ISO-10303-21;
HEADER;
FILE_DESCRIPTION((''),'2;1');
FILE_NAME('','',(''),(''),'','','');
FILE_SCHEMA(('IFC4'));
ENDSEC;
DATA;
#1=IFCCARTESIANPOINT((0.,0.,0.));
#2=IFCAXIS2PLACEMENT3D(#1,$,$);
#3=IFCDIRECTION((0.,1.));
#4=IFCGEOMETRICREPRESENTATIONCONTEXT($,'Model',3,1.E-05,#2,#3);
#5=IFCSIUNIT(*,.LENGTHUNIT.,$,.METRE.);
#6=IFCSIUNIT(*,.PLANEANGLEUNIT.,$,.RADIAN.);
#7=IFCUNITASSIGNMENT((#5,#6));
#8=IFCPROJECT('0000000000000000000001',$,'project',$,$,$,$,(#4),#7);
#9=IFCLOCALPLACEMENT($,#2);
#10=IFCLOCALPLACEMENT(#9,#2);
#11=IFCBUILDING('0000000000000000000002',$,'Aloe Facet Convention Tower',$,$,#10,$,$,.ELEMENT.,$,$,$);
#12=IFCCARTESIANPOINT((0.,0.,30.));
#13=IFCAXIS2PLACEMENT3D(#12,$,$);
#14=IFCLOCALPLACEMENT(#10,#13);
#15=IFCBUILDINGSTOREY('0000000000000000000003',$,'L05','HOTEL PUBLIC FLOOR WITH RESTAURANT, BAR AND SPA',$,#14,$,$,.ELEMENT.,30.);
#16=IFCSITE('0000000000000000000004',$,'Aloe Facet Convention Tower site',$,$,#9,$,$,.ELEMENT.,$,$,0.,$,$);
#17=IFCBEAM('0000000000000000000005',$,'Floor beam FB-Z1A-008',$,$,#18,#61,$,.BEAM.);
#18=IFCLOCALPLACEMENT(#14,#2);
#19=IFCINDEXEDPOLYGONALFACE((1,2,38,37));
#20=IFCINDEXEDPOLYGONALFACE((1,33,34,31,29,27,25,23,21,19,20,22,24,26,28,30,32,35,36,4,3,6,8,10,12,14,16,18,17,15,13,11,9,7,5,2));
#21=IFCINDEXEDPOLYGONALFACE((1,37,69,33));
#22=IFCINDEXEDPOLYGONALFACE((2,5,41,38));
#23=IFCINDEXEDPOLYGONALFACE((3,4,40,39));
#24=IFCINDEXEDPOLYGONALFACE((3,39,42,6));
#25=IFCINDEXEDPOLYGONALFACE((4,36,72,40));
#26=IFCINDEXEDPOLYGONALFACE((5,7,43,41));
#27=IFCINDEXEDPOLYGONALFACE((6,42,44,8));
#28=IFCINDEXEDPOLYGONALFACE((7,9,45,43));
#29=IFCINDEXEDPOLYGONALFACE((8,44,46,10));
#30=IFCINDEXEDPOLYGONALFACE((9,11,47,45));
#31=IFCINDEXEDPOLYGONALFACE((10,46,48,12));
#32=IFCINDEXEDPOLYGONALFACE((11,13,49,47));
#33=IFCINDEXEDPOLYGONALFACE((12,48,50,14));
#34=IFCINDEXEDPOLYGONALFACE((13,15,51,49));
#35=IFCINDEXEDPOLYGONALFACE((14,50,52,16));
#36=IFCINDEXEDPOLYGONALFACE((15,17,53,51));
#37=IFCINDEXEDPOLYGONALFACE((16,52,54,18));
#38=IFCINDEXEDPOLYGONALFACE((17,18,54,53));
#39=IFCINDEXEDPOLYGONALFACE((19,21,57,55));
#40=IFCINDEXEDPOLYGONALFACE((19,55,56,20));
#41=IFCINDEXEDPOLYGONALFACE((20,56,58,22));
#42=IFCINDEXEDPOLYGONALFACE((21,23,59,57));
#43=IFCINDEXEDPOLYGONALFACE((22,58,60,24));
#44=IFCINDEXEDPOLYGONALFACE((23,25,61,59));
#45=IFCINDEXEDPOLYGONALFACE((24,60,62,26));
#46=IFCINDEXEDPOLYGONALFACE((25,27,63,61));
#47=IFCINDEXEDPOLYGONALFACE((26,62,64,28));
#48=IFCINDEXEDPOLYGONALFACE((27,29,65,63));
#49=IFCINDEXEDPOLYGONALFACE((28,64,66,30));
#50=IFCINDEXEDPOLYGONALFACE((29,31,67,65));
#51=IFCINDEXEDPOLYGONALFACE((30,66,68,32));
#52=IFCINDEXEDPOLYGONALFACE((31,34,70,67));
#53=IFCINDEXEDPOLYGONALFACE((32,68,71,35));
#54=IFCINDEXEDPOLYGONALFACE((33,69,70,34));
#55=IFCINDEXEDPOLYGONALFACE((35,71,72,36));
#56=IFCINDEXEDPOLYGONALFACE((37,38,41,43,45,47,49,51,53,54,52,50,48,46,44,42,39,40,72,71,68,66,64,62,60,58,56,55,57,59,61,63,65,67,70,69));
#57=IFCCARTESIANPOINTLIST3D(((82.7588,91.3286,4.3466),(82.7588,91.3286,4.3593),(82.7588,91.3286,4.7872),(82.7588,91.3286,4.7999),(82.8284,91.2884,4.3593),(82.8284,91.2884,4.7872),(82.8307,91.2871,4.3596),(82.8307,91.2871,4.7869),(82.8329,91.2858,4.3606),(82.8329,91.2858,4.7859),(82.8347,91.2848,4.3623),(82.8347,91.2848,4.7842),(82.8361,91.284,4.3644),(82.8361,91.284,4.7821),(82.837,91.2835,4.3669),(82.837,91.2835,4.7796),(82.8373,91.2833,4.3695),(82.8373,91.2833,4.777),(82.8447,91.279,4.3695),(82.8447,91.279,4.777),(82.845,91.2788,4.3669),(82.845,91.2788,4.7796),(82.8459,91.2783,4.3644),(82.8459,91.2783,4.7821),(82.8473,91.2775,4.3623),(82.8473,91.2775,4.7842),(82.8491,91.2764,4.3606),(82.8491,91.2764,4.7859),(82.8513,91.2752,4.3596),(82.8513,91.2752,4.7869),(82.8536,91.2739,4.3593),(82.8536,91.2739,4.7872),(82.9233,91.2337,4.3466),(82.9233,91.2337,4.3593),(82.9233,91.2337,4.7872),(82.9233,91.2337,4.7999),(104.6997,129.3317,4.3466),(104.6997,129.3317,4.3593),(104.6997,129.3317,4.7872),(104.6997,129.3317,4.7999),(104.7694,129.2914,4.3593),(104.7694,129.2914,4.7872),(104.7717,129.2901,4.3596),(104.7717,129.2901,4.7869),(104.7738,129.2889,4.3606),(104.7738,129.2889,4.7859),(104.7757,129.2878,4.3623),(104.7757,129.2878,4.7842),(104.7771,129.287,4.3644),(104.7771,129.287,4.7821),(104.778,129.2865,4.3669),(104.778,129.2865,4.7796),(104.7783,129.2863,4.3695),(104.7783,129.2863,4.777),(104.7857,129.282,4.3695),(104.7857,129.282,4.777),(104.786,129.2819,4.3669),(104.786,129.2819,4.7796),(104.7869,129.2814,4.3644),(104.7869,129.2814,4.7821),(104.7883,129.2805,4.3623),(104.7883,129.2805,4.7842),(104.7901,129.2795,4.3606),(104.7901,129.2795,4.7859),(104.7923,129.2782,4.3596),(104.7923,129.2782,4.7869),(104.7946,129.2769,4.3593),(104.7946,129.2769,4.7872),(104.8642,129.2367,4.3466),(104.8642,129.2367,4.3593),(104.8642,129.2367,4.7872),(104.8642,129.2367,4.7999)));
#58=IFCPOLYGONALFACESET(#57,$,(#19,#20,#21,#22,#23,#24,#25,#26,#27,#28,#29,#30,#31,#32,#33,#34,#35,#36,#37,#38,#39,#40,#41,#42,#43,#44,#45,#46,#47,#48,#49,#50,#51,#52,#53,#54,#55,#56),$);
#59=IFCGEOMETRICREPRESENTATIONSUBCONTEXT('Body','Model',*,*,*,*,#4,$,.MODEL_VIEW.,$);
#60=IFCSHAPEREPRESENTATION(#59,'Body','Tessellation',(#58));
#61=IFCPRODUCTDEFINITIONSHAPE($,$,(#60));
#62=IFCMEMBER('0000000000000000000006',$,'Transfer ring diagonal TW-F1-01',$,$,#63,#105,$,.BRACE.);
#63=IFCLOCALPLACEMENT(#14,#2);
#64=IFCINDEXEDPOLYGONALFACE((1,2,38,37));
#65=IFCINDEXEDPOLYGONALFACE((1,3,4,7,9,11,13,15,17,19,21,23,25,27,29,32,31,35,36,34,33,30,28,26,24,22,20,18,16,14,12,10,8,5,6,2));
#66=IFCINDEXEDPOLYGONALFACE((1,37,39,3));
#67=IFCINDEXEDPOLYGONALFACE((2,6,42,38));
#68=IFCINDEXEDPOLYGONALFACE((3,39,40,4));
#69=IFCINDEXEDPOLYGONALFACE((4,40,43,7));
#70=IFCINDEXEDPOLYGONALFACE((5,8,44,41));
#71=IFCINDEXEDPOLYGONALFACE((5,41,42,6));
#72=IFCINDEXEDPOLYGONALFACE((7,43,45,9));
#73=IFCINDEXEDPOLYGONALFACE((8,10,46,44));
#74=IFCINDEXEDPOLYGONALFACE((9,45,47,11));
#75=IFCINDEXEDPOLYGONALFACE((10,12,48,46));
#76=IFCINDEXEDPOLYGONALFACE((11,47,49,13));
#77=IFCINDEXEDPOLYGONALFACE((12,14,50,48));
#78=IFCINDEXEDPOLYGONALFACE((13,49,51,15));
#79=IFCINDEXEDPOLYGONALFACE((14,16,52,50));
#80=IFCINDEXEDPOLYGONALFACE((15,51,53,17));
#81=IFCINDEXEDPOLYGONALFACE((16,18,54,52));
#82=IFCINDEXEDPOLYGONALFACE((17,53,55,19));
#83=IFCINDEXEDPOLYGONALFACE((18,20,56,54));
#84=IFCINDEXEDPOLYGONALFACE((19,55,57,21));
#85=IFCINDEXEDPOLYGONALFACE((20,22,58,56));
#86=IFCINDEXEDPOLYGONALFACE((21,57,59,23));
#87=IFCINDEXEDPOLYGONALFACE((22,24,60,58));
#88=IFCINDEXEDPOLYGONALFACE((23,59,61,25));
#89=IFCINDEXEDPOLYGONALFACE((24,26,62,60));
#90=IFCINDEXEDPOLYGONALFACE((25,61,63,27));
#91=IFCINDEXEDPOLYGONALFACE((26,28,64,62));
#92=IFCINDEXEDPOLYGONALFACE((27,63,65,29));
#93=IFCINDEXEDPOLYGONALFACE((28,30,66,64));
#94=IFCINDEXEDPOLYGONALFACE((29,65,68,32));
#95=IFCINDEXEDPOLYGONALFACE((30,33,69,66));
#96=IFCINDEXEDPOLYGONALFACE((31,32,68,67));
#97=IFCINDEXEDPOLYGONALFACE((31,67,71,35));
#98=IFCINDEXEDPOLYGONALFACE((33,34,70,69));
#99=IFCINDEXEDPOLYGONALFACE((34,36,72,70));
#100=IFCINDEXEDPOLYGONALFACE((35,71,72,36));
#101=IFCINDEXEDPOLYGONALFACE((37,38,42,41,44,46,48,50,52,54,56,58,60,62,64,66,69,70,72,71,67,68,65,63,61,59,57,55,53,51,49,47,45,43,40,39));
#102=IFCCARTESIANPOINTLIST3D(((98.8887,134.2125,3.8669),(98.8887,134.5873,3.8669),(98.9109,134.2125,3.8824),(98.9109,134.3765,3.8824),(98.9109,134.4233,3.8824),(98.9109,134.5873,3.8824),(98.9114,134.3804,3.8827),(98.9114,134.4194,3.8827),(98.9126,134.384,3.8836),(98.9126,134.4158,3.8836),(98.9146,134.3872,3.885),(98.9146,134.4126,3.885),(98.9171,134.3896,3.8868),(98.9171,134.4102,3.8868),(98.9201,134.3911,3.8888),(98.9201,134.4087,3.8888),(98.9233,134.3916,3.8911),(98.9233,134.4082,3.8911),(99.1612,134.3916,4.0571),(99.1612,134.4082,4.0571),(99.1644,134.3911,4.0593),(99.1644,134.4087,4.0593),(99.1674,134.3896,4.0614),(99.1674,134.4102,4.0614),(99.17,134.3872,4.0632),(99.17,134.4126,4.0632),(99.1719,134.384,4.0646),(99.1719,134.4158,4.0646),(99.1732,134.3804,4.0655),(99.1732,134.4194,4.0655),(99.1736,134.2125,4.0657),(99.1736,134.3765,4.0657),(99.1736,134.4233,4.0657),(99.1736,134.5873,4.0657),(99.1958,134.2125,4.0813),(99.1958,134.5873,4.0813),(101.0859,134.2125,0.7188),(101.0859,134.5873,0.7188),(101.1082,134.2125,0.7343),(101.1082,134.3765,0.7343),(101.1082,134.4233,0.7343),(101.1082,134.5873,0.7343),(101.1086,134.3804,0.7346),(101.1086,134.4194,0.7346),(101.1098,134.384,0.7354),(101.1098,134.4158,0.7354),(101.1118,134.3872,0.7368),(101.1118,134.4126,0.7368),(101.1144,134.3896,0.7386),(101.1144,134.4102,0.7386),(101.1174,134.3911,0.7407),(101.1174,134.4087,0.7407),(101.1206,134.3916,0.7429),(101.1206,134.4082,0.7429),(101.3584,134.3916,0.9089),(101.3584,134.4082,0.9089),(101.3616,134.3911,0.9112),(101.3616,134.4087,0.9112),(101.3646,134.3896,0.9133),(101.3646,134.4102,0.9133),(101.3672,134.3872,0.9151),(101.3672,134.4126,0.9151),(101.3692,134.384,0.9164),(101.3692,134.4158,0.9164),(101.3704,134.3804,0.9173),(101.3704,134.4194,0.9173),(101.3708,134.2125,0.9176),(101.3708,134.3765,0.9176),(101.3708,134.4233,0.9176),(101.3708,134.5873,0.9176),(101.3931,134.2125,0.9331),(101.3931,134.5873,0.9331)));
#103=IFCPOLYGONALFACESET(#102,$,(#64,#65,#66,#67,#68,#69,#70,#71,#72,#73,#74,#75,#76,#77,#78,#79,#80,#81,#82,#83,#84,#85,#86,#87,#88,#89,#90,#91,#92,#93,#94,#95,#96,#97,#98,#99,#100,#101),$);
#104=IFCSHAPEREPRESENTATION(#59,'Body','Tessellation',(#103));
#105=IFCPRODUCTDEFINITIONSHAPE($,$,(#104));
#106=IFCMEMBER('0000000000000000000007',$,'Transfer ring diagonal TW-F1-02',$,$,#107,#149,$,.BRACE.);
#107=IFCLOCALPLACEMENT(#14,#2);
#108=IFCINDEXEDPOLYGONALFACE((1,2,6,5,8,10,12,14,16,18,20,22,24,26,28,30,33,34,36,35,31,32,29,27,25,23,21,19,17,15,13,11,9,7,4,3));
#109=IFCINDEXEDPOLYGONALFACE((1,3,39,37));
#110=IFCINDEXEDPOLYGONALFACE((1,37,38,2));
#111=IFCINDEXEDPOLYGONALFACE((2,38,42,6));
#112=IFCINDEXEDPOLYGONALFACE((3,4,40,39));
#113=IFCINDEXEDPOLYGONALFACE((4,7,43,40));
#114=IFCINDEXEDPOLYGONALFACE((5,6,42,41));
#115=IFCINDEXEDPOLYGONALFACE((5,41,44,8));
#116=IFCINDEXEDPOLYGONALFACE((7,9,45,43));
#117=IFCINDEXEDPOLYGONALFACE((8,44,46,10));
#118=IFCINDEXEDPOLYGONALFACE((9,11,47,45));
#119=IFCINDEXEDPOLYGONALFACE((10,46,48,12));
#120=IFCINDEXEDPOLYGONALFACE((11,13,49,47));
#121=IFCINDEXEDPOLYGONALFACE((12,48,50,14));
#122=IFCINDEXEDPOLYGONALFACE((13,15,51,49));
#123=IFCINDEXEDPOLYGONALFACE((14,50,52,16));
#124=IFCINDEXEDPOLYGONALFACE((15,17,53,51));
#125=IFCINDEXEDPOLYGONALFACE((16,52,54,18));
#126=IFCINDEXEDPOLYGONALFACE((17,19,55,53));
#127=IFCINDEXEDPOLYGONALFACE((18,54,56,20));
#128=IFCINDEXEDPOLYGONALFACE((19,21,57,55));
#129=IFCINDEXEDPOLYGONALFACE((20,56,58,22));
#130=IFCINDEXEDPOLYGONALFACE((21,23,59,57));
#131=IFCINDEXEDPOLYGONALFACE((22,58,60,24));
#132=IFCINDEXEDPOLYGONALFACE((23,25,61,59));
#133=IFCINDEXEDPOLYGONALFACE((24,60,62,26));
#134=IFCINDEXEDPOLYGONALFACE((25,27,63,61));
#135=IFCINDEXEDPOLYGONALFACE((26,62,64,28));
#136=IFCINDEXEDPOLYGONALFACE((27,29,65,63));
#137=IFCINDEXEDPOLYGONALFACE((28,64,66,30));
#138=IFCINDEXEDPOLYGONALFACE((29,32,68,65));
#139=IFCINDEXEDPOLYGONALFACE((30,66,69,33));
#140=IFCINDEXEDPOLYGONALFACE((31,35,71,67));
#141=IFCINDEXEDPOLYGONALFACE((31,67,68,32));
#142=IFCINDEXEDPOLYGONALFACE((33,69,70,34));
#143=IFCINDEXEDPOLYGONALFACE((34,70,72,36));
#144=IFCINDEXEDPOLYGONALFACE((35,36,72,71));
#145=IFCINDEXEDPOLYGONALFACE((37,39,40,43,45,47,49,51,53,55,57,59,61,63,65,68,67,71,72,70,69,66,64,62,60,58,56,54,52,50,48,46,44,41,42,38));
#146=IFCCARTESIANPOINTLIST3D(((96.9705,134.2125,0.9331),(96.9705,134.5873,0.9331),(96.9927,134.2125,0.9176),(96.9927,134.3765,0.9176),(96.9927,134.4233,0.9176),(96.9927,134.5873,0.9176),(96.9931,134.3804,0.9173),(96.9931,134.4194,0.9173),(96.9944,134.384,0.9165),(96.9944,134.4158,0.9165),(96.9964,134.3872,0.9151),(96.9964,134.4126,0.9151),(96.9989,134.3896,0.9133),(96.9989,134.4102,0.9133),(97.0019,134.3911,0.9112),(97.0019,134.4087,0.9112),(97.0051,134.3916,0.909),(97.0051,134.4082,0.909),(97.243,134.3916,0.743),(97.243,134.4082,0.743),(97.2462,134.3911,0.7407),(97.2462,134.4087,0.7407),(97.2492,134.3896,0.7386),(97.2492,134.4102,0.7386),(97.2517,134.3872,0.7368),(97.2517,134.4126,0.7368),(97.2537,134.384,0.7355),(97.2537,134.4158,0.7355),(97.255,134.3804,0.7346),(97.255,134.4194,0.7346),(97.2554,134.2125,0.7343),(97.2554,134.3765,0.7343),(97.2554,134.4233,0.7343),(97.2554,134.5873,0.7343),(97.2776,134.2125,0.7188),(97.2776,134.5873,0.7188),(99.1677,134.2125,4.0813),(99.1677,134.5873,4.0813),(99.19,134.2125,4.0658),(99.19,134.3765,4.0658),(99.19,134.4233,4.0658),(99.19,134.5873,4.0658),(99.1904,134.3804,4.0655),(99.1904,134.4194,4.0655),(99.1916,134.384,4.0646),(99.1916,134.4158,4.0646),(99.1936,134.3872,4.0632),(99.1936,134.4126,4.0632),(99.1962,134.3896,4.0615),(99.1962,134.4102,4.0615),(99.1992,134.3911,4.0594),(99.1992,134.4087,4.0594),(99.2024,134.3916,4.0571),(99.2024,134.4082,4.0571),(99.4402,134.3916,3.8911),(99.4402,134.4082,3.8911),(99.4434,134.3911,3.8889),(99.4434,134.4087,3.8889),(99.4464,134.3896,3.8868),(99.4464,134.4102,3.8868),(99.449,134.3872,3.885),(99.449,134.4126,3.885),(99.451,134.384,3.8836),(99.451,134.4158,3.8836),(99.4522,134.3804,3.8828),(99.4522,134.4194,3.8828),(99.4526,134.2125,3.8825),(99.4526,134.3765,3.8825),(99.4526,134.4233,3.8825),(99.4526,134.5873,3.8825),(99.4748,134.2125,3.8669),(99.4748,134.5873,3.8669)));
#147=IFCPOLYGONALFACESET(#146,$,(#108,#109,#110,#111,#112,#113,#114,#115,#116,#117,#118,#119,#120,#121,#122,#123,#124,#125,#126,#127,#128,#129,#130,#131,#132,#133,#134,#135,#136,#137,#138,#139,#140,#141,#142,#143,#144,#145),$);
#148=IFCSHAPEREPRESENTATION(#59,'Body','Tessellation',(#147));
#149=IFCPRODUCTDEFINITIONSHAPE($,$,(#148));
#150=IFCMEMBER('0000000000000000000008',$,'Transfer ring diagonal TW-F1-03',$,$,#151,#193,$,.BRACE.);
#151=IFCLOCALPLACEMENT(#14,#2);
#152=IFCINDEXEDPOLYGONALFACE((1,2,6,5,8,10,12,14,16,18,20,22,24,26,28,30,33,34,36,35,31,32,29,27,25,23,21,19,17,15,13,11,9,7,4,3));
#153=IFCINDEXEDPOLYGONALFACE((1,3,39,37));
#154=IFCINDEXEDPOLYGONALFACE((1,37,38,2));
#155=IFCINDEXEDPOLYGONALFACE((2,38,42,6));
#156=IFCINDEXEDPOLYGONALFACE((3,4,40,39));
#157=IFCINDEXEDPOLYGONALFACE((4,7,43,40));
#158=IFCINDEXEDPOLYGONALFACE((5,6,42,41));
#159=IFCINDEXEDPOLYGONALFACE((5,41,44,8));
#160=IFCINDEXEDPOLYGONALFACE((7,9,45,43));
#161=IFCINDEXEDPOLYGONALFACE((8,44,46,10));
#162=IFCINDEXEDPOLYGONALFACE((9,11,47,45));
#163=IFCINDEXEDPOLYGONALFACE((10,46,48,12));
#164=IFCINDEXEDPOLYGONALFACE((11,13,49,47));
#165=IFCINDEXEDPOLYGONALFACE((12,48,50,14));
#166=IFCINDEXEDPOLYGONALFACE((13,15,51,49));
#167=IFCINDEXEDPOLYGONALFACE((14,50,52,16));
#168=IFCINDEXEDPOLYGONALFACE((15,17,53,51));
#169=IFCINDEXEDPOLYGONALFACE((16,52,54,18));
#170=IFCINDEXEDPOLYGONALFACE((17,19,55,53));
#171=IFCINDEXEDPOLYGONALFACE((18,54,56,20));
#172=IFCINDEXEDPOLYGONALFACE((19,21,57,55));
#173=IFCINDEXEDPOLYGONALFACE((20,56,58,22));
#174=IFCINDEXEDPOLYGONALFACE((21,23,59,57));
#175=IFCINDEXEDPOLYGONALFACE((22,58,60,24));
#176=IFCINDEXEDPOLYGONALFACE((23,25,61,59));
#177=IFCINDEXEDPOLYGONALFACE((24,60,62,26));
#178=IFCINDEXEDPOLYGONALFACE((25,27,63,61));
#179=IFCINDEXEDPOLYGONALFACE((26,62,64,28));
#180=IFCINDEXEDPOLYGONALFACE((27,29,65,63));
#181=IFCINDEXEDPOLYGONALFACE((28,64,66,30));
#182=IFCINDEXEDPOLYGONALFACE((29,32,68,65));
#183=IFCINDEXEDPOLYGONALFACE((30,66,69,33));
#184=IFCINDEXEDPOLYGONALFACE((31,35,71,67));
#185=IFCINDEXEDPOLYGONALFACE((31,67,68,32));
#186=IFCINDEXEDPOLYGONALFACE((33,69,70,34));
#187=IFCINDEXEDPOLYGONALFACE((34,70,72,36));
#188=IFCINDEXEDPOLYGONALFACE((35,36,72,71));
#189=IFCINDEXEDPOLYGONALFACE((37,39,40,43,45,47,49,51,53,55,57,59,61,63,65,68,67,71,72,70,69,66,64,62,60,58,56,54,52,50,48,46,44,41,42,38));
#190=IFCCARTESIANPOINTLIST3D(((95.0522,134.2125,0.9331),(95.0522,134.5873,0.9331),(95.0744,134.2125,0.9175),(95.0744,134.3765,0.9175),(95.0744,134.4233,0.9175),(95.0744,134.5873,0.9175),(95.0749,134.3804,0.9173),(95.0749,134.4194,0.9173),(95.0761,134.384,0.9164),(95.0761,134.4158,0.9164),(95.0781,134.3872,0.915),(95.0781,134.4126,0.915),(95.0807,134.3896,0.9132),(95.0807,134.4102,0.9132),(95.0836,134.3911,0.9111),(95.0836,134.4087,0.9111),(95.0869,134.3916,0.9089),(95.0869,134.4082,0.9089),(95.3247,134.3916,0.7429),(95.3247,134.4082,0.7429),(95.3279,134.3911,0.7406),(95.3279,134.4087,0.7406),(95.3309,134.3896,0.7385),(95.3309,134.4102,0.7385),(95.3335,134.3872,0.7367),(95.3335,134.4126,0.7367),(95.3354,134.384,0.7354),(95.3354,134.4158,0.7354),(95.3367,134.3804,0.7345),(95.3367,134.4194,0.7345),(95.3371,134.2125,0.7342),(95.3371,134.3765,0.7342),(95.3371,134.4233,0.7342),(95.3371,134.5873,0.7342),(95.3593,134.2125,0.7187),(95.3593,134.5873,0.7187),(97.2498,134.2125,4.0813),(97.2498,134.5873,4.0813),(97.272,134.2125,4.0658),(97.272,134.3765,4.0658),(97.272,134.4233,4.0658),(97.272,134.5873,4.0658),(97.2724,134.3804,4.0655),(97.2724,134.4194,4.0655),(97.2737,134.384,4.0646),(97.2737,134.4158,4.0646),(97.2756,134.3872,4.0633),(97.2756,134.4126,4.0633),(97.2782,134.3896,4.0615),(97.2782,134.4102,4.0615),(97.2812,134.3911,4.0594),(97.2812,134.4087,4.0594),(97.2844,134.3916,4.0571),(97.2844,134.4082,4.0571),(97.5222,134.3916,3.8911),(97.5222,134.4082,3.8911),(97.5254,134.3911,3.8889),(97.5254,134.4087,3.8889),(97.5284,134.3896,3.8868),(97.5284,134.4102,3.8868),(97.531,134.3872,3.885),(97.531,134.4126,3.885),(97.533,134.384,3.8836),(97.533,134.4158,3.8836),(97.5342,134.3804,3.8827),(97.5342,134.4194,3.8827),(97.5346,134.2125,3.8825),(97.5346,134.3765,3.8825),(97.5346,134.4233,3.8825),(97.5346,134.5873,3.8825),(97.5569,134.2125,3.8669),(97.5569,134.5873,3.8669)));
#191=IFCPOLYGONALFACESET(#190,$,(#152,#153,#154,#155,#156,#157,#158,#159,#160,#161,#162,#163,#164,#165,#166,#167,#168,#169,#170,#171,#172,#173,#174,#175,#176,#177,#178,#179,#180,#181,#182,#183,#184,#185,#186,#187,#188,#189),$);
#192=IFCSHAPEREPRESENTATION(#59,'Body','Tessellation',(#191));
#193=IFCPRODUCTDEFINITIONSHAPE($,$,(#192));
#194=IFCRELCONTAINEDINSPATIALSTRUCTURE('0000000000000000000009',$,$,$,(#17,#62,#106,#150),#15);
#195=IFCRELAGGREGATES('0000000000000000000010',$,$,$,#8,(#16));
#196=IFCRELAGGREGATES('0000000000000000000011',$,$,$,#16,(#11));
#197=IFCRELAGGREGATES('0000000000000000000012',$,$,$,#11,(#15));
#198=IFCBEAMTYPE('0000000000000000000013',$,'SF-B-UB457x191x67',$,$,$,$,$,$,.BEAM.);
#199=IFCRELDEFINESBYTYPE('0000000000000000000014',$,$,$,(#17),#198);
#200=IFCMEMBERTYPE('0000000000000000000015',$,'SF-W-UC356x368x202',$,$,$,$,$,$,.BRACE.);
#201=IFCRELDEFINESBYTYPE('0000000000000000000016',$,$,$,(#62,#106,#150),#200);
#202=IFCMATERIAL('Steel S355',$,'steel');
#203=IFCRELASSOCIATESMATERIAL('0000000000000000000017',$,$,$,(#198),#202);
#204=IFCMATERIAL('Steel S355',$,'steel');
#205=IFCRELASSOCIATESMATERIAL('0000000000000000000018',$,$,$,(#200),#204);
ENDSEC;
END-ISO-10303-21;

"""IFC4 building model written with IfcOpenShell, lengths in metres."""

from ifc_helpers import new_model, si_unit, direction, frame, origin, origin_2d, place, context, subcontext, project, spatial, i_section, extrude, material, material_profile, profile_set, type_object, element, save


model = new_model("IFC4")

# Units and contexts
model_context = context("Model", 3, precision=1e-05, world=origin(), true_north=direction((0.0, 1.0)))
body_context = subcontext(model_context, "Body", "Model", "MODEL_VIEW")
ifc_project = project(units=[si_unit("LENGTHUNIT", "METRE"), si_unit("PLANEANGLEUNIT", "RADIAN")], contexts=[model_context])

# Site, building, storey
site_placement = place(None, origin())
site = spatial("IfcSite", under=ifc_project, at=site_placement, Name="Aloe Facet Convention Tower site", CompositionType="ELEMENT", RefElevation=0.0)
building_placement = place(site_placement, origin())
building = spatial("IfcBuilding", under=site, at=building_placement, Name="Aloe Facet Convention Tower", CompositionType="ELEMENT")
storey_placement = place(building_placement, frame((0.0, 0.0, 30.0)))
storey = spatial("IfcBuildingStorey", under=building, at=storey_placement, Name="L05", Description="HOTEL PUBLIC FLOOR WITH RESTAURANT, BAR AND SPA", CompositionType="ELEMENT", Elevation=30.0)

# Beam
ifc_material_1 = material(Name="Steel S355", Category="steel")
ifc_material_profile_1 = material_profile(ifc_material_1, i_section(OverallWidth=0.1899, OverallDepth=0.4534, WebThickness=0.0085, FlangeThickness=0.0127, FilletRadius=0.0103, at=origin_2d()), Name="UB 457x191x67")
ifc_profile_set_1 = profile_set([ifc_material_profile_1], Name="Steel S355")
beam_type_1 = type_object("IfcBeamType", Name="SF-B-UB457x191x67", PredefinedType="BEAM", material=ifc_profile_set_1)
beam_1_placement = place(storey_placement, frame((104.782, 129.2842, 4.5732), z_axis=(-0.499999, -0.866026, 0.0), x_axis=(0.866026, -0.499999, 0.0)))
element("IfcBeam", 1, at=beam_1_placement, inside=storey, type_object=beam_type_1, Name="Floor beam FB-Z1A-008", PredefinedType="BEAM", context=body_context, shape_type="SweptSolid", body=[
    extrude(i_section(OverallWidth=0.1899, OverallDepth=0.4534, WebThickness=0.0085, FlangeThickness=0.0127, FilletRadius=0.0103, at=origin_2d()), origin(), (0.0, 0.0, 1.0), 43.8821),
])

# Members
ifc_material_2 = material(Name="Steel S355", Category="steel")
ifc_material_profile_2 = material_profile(ifc_material_2, i_section(OverallWidth=0.3748, OverallDepth=0.3745, WebThickness=0.0166, FlangeThickness=0.0271, FilletRadius=0.0151, at=origin_2d()), Name="UC 356x368x202")
ifc_profile_set_2 = profile_set([ifc_material_profile_2], Name="Steel S355")
member_type_1 = type_object("IfcMemberType", Name="SF-W-UC356x368x202", PredefinedType="BRACE", material=ifc_profile_set_2)
for number, where, z_axis, x_axis, name in (
    (2, (101.2395, 134.3999, 0.8259), (-0.572331, 0.0, 0.820023), (0.0, -1.0, 0.0), "Transfer ring diagonal TW-F1-01"),
    (3, (99.3213, 134.3999, 3.9741), (-0.572331, 0.0, -0.820023), (0.0, -1.0, 0.0), "Transfer ring diagonal TW-F1-02"),
):
    element("IfcMember", number, at=place(storey_placement, frame(where, z_axis=z_axis, x_axis=x_axis)), inside=storey, type_object=member_type_1, Name=name, PredefinedType="BRACE", context=body_context, shape_type="SweptSolid", body=[
        extrude(i_section(OverallWidth=0.3748, OverallDepth=0.3745, WebThickness=0.0166, FlangeThickness=0.0271, FilletRadius=0.0151, at=origin_2d()), origin(), (0.0, 0.0, 1.0), 3.8391),
    ])
member_1_placement = place(storey_placement, frame((97.4033, 134.3999, 3.9741), z_axis=(-0.572374, 0.0, -0.819993), x_axis=(0.0, -1.0, 0.0)))
element("IfcMember", 4, at=member_1_placement, inside=storey, type_object=member_type_1, Name="Transfer ring diagonal TW-F1-03", PredefinedType="BRACE", context=body_context, shape_type="SweptSolid", body=[
    extrude(i_section(OverallWidth=0.3748, OverallDepth=0.3745, WebThickness=0.0166, FlangeThickness=0.0271, FilletRadius=0.0151, at=origin_2d()), origin(), (0.0, 0.0, 1.0), 3.8394),
])

save(model, "model.ifc")
